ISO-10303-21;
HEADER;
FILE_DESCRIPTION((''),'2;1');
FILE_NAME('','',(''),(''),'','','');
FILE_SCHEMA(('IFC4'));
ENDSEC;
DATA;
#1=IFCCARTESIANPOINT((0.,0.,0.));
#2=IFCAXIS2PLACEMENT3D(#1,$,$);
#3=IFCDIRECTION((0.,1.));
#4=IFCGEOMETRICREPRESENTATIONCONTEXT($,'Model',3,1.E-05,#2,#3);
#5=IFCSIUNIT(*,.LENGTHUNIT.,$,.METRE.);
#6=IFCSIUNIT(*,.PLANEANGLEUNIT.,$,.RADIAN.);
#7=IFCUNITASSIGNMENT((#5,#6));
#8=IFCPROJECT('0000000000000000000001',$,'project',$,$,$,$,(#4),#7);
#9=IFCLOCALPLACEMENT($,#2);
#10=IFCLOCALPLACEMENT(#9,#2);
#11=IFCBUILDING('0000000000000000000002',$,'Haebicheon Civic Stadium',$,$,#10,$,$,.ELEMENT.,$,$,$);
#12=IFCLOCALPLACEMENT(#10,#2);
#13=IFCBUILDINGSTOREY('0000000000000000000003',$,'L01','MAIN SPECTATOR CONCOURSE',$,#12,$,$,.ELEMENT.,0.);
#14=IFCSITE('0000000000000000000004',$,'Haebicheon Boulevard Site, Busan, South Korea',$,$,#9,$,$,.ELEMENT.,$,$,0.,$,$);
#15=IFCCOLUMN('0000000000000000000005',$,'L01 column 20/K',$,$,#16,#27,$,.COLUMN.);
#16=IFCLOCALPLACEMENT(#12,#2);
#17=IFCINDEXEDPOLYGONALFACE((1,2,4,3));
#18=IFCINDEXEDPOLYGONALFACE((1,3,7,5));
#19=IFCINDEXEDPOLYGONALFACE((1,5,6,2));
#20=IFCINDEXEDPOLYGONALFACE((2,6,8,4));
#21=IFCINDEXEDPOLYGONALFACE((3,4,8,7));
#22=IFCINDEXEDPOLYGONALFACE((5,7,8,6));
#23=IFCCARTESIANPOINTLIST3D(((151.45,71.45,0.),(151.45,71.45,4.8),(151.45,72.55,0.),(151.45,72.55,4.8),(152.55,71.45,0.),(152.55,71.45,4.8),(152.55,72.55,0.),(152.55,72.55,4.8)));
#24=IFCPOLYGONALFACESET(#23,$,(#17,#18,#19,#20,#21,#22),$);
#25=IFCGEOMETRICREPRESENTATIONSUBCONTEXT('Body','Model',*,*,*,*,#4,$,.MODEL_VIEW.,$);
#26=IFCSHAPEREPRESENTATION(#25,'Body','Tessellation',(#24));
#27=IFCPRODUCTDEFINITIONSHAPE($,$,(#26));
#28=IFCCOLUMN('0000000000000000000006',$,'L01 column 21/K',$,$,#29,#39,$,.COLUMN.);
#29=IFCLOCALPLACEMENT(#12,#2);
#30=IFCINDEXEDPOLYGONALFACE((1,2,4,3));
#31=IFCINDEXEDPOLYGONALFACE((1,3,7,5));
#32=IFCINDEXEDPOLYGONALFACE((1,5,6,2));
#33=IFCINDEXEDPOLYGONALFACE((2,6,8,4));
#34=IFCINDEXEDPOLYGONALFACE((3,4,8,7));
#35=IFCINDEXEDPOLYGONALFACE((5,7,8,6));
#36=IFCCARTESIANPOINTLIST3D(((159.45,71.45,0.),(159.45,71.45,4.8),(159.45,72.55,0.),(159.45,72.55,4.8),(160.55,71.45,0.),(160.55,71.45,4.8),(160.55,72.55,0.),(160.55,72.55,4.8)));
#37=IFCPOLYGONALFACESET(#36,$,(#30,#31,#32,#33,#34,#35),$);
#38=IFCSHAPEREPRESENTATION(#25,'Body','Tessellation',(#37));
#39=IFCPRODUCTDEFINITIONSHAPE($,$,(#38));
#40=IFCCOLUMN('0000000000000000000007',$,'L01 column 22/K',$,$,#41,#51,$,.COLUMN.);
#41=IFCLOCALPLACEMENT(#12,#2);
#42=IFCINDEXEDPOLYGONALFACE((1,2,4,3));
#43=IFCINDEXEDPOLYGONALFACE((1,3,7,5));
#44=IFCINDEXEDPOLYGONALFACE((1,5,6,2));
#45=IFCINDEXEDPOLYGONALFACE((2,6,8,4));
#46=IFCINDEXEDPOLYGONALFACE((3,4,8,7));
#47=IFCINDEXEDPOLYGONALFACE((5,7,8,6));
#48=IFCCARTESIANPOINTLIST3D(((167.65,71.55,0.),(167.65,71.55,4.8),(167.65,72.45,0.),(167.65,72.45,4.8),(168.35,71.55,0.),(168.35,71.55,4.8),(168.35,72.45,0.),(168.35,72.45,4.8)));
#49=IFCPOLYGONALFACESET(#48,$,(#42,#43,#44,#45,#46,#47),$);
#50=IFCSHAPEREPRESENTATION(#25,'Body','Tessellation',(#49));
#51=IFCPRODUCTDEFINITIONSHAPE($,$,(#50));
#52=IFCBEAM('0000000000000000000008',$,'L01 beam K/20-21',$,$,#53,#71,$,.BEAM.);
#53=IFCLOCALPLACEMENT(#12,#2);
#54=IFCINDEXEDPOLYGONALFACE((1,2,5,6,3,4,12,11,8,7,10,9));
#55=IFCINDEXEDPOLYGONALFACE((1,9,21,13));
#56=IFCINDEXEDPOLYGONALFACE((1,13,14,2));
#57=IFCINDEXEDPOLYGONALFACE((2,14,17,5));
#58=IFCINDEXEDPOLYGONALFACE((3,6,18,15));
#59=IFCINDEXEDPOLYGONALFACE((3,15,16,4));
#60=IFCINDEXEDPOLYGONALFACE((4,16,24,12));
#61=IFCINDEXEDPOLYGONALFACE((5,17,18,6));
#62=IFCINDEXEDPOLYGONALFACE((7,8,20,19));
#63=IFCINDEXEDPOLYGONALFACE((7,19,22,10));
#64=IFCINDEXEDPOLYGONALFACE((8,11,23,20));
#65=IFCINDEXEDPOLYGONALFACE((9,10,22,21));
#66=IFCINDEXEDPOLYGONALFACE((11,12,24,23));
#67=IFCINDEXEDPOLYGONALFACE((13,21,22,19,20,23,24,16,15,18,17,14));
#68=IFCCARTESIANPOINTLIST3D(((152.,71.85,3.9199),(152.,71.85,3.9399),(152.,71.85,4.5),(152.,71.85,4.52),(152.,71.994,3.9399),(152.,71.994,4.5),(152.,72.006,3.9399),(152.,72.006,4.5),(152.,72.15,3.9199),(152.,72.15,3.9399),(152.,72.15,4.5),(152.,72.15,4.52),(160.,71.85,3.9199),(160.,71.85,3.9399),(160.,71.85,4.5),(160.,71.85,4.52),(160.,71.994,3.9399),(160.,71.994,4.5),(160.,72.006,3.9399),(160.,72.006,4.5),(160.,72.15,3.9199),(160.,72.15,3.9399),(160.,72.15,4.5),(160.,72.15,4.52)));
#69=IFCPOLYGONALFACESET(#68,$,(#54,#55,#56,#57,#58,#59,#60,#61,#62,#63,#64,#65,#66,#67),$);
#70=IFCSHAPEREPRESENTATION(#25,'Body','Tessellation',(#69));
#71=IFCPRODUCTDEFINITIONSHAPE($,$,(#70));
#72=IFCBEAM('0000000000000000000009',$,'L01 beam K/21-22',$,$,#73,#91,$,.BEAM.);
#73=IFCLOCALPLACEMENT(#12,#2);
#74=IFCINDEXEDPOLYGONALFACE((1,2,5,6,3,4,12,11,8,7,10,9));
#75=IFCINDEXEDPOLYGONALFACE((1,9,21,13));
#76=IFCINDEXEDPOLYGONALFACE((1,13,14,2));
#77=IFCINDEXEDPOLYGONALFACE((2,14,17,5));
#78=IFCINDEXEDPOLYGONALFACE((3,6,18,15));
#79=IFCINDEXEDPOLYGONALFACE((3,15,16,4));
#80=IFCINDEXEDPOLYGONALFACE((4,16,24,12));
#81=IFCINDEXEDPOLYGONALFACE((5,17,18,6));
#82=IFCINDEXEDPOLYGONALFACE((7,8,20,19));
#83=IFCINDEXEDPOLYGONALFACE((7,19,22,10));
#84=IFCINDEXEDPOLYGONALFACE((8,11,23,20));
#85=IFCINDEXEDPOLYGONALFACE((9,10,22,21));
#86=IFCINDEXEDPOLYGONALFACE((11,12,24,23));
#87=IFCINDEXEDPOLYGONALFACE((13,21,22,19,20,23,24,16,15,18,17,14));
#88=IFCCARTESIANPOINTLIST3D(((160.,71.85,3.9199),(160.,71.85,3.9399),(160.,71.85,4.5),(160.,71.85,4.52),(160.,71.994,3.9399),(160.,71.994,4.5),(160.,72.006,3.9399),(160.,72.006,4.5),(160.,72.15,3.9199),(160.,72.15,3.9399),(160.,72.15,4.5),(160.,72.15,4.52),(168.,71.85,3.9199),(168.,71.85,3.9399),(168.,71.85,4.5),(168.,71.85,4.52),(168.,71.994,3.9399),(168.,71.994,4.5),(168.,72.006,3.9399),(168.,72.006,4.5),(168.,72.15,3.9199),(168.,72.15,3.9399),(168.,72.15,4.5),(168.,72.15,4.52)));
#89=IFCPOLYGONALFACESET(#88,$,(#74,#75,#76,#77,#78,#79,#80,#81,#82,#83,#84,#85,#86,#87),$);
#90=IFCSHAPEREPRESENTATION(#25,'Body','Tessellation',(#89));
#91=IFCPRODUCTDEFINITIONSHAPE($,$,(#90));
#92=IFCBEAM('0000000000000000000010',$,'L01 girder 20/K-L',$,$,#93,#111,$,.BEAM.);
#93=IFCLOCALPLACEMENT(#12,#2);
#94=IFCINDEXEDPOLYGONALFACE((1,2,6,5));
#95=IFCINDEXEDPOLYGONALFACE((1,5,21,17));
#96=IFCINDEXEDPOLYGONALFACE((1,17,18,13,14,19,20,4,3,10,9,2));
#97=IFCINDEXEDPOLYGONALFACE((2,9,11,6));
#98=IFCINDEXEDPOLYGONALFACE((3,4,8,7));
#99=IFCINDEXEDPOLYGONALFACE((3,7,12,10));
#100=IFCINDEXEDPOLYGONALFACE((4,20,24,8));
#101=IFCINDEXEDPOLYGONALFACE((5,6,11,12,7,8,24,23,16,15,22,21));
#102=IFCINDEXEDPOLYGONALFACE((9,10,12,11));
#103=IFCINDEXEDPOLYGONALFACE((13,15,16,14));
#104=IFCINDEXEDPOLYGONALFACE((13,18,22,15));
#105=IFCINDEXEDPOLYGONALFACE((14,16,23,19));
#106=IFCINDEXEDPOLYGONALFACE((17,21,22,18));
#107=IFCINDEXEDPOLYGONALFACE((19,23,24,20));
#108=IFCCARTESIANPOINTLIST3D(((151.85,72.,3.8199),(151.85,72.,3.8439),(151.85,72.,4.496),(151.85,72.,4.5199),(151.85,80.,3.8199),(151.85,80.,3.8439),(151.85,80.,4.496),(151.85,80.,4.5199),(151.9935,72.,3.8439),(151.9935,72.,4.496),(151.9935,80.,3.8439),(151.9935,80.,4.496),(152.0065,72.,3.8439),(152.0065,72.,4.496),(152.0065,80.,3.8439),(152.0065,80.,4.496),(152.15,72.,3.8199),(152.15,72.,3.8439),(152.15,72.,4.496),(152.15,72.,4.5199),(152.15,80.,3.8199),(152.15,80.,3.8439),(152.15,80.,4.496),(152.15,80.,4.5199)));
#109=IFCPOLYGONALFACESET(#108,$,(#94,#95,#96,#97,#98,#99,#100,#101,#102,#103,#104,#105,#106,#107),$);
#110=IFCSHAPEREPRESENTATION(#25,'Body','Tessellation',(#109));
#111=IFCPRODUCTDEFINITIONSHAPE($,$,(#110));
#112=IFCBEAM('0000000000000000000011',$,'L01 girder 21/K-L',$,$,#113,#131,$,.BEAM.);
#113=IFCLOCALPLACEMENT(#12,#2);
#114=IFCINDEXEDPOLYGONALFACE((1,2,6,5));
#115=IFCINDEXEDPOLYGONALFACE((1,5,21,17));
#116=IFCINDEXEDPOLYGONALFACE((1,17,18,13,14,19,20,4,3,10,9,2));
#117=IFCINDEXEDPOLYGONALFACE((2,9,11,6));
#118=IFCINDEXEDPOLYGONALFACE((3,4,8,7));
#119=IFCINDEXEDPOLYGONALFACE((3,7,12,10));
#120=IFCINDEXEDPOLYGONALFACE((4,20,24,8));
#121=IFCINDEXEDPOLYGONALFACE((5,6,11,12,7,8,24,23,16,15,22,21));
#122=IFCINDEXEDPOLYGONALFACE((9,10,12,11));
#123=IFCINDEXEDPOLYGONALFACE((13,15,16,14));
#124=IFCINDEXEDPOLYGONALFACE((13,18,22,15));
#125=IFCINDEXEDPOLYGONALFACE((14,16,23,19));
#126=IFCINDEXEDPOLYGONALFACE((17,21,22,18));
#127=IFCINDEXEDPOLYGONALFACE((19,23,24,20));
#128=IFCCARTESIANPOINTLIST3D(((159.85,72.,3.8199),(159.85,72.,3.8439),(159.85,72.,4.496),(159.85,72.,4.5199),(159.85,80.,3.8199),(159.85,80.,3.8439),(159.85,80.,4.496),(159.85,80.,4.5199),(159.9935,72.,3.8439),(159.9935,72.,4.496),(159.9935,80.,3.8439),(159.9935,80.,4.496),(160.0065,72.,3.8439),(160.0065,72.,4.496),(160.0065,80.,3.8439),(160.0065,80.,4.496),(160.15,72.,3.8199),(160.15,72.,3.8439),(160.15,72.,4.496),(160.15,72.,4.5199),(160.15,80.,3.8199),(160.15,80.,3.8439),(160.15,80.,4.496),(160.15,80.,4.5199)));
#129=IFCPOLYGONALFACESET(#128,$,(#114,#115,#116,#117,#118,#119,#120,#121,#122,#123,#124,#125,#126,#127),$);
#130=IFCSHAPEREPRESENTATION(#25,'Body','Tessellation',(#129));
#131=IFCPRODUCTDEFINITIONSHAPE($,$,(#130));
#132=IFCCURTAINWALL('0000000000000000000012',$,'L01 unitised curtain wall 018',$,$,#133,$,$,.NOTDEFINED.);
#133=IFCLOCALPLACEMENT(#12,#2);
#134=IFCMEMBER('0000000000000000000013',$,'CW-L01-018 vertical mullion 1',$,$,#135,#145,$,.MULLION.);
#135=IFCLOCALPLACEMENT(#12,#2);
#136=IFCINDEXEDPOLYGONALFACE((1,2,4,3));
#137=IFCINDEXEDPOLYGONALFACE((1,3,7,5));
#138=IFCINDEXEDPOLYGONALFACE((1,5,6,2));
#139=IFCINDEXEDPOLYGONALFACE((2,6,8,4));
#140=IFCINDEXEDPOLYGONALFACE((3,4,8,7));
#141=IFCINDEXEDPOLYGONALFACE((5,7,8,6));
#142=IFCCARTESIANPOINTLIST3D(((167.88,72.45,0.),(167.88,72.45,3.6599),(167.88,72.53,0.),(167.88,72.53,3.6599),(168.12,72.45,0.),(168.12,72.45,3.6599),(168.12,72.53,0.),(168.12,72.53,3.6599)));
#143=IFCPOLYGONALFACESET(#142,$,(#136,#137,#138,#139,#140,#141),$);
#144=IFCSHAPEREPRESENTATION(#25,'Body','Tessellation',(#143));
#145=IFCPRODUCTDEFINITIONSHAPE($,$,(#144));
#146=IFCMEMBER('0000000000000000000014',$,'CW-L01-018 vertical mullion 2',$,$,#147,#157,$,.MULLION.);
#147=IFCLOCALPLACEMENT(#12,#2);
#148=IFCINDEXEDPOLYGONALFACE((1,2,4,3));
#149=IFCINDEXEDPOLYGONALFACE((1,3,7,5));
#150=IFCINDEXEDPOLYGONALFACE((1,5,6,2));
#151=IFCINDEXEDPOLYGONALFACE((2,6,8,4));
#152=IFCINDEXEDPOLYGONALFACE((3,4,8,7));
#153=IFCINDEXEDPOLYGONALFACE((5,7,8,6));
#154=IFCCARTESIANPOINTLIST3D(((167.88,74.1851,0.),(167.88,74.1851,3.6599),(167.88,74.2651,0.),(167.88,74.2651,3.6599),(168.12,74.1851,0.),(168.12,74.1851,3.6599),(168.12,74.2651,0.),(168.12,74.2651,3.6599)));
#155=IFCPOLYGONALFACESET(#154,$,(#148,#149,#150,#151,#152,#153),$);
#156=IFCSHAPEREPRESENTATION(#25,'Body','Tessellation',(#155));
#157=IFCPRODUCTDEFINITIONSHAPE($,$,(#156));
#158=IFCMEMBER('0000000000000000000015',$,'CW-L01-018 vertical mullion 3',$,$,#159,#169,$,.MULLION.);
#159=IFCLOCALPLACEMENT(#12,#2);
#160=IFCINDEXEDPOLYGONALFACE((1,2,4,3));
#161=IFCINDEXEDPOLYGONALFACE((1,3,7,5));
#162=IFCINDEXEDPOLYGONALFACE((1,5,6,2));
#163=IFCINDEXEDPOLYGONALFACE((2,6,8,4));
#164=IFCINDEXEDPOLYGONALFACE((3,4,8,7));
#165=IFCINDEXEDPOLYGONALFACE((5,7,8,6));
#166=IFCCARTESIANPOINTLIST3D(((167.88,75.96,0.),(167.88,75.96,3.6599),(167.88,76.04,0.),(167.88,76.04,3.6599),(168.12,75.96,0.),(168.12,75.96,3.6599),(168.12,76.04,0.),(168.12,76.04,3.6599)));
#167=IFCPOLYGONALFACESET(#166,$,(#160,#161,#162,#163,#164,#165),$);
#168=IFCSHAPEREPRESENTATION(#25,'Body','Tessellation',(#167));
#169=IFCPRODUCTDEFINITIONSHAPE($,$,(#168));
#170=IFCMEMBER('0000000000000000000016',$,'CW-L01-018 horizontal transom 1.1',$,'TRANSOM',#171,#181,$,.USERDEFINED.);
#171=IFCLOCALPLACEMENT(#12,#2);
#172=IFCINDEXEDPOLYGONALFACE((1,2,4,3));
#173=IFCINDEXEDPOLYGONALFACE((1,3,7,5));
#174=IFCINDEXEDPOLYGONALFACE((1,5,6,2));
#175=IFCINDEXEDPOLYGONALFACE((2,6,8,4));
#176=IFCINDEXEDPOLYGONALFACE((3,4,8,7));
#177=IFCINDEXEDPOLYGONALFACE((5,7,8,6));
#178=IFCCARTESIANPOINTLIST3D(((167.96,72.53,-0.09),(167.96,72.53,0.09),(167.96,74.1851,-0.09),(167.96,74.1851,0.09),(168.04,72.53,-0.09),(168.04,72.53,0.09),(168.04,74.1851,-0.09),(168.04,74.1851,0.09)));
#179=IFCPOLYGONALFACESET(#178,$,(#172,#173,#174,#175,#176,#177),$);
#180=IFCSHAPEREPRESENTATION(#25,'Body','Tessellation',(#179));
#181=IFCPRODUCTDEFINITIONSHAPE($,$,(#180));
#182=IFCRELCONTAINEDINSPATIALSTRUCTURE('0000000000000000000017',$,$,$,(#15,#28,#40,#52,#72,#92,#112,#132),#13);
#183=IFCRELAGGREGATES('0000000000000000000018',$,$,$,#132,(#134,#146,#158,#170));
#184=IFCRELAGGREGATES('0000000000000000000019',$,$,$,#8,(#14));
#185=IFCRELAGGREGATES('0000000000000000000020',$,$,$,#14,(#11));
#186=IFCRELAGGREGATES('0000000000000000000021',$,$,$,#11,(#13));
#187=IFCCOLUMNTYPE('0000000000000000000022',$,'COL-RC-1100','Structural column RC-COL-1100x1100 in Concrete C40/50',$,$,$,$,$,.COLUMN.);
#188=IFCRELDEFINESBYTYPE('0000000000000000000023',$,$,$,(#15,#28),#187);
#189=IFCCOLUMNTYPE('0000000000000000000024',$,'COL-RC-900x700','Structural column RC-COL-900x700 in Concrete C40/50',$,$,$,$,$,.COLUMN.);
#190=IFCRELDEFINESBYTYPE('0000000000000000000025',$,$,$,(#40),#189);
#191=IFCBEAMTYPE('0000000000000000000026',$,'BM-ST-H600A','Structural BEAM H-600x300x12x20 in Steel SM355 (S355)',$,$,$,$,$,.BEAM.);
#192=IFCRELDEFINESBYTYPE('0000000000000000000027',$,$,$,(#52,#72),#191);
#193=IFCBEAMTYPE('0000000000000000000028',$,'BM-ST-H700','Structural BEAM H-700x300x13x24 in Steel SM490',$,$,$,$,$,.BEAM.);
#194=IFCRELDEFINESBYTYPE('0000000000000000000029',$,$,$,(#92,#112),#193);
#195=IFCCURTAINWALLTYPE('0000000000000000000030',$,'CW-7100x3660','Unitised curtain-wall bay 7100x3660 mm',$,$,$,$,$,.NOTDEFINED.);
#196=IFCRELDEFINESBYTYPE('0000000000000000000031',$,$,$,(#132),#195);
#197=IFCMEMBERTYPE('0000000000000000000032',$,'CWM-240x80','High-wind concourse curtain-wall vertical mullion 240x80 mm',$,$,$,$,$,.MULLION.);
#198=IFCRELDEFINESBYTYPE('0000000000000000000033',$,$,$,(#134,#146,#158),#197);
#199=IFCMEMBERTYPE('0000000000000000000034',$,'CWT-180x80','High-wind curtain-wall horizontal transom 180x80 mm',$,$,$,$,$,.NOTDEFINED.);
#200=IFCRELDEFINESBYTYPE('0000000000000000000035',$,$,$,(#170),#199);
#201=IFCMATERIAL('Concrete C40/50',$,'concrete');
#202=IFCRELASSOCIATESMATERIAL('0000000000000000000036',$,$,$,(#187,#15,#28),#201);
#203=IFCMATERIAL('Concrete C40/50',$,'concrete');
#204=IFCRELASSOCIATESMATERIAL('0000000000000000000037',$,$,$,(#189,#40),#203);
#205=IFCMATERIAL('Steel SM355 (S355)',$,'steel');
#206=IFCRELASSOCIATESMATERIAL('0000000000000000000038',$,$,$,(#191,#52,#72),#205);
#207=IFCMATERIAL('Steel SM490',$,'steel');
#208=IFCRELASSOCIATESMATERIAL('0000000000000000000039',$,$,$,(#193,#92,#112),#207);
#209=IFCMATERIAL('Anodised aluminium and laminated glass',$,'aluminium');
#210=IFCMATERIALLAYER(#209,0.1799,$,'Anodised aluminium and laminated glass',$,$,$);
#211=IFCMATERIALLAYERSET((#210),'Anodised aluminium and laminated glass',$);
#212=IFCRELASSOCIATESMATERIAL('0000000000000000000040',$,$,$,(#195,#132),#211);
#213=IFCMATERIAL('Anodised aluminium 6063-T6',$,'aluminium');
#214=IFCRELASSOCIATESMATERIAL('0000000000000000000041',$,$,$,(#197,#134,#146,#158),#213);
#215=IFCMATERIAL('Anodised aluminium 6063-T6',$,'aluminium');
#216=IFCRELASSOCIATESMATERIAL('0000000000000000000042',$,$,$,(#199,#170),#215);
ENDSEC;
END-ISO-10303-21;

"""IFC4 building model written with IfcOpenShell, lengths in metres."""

from ifc_helpers import new_model, si_unit, direction, frame, origin, origin_2d, place, context, subcontext, project, spatial, rectangle, i_section, extrude, material, layer, layer_set, material_profile, profile_set, type_object, element, aggregate, save


model = new_model("IFC4")

# Units and contexts
model_context = context("Model", 3, precision=1e-05, world=origin(), true_north=direction((0.0, 1.0)))
body_context = subcontext(model_context, "Body", "Model", "MODEL_VIEW")
ifc_project = project(units=[si_unit("LENGTHUNIT", "METRE"), si_unit("PLANEANGLEUNIT", "RADIAN")], contexts=[model_context])

# Site, building, storey
site_placement = place(None, origin())
site = spatial("IfcSite", under=ifc_project, at=site_placement, Name="Haebicheon Boulevard Site, Busan, South Korea", CompositionType="ELEMENT", RefElevation=0.0)
building_placement = place(site_placement, origin())
building = spatial("IfcBuilding", under=site, at=building_placement, Name="Haebicheon Civic Stadium", CompositionType="ELEMENT")
storey_placement = place(building_placement, origin())
storey = spatial("IfcBuildingStorey", under=building, at=storey_placement, Name="L01", Description="MAIN SPECTATOR CONCOURSE", CompositionType="ELEMENT", Elevation=0.0)

# Columns
ifc_material_1 = material(Name="Concrete C40/50", Category="concrete")
ifc_material_profile_1 = material_profile(ifc_material_1, rectangle(XDim=1.1001, YDim=1.1001, at=origin_2d()), Name="RC-COL-1100x1100")
ifc_profile_set_1 = profile_set([ifc_material_profile_1], Name="Concrete C40/50")
column_type_1 = type_object("IfcColumnType", Name="COL-RC-1100", Description="Structural column RC-COL-1100x1100 in Concrete C40/50", PredefinedType="COLUMN", material=ifc_profile_set_1)
for number, where, z_axis, x_axis, name in (
    (1, (152.0, 72.0, 0.0), (0.0, 0.0, 1.0), (1.0, 0.0, 0.0), "L01 column 20/K"),
    (2, (160.0, 72.0, 0.0), (0.0, 0.0, 1.0), (1.0, 0.0, 0.0), "L01 column 21/K"),
):
    element("IfcColumn", number, at=place(storey_placement, frame(where, z_axis=z_axis, x_axis=x_axis)), inside=storey, type_object=column_type_1, material=ifc_profile_set_1, Name=name, PredefinedType="COLUMN", context=body_context, shape_type="SweptSolid", body=[
        extrude(rectangle(XDim=1.1001, YDim=1.1001, at=origin_2d()), origin(), (0.0, 0.0, 1.0), 4.8),
    ])
ifc_material_2 = material(Name="Concrete C40/50", Category="concrete")
ifc_material_profile_2 = material_profile(ifc_material_2, rectangle(XDim=0.7, YDim=0.8999, at=origin_2d()), Name="RC-COL-900x700")
ifc_profile_set_2 = profile_set([ifc_material_profile_2], Name="Concrete C40/50")
column_type_2 = type_object("IfcColumnType", Name="COL-RC-900x700", Description="Structural column RC-COL-900x700 in Concrete C40/50", PredefinedType="COLUMN", material=ifc_profile_set_2)
column_placement = place(storey_placement, frame((168.0, 72.0, 0.0), z_axis=(0.0, 0.0, 1.0), x_axis=(1.0, 0.0, 0.0)))
element("IfcColumn", 3, at=column_placement, inside=storey, type_object=column_type_2, material=ifc_profile_set_2, Name="L01 column 22/K", PredefinedType="COLUMN", context=body_context, shape_type="SweptSolid", body=[
    extrude(rectangle(XDim=0.7, YDim=0.8999, at=origin_2d()), origin(), (0.0, 0.0, 1.0), 4.8),
])

# Beams
ifc_material_3 = material(Name="Steel SM355 (S355)", Category="steel")
ifc_material_profile_3 = material_profile(ifc_material_3, i_section(OverallWidth=0.3, OverallDepth=0.6001, WebThickness=0.012, FlangeThickness=0.02, at=origin_2d()), Name="H-600x300x12x20")
ifc_profile_set_3 = profile_set([ifc_material_profile_3], Name="Steel SM355 (S355)")
beam_type_1 = type_object("IfcBeamType", Name="BM-ST-H600A", Description="Structural BEAM H-600x300x12x20 in Steel SM355 (S355)", PredefinedType="BEAM", material=ifc_profile_set_3)
for number, where, z_axis, x_axis, name in (
    (4, (152.0, 72.0, 4.22), (1.0, 0.0, 0.0), (0.0, 1.0, 0.0), "L01 beam K/20-21"),
    (5, (160.0, 72.0, 4.22), (1.0, 0.0, 0.0), (0.0, 1.0, 0.0), "L01 beam K/21-22"),
):
    element("IfcBeam", number, at=place(storey_placement, frame(where, z_axis=z_axis, x_axis=x_axis)), inside=storey, type_object=beam_type_1, material=ifc_profile_set_3, Name=name, PredefinedType="BEAM", context=body_context, shape_type="SweptSolid", body=[
        extrude(i_section(OverallWidth=0.3, OverallDepth=0.6001, WebThickness=0.012, FlangeThickness=0.02, at=origin_2d()), origin(), (0.0, 0.0, 1.0), 8.0),
    ])
ifc_material_4 = material(Name="Steel SM490", Category="steel")
ifc_material_profile_4 = material_profile(ifc_material_4, i_section(OverallWidth=0.3, OverallDepth=0.7, WebThickness=0.0129, FlangeThickness=0.0239, at=origin_2d()), Name="H-700x300x13x24")
ifc_profile_set_4 = profile_set([ifc_material_profile_4], Name="Steel SM490")
beam_type_2 = type_object("IfcBeamType", Name="BM-ST-H700", Description="Structural BEAM H-700x300x13x24 in Steel SM490", PredefinedType="BEAM", material=ifc_profile_set_4)
for number, where, z_axis, x_axis, name in (
    (6, (152.0, 72.0, 4.1699), (0.0, 1.0, 0.0), (-1.0, 0.0, 0.0), "L01 girder 20/K-L"),
    (7, (160.0, 72.0, 4.1699), (0.0, 1.0, 0.0), (-1.0, 0.0, 0.0), "L01 girder 21/K-L"),
):
    element("IfcBeam", number, at=place(storey_placement, frame(where, z_axis=z_axis, x_axis=x_axis)), inside=storey, type_object=beam_type_2, material=ifc_profile_set_4, Name=name, PredefinedType="BEAM", context=body_context, shape_type="SweptSolid", body=[
        extrude(i_section(OverallWidth=0.3, OverallDepth=0.7, WebThickness=0.0129, FlangeThickness=0.0239, at=origin_2d()), origin(), (0.0, 0.0, 1.0), 8.0),
    ])

# Curtain wall, members
ifc_material_5 = material(Name="Anodised aluminium and laminated glass", Category="aluminium")
ifc_layer_1 = layer(ifc_material_5, 0.1799, Name="Anodised aluminium and laminated glass")
ifc_layer_set_1 = layer_set([ifc_layer_1], Name="Anodised aluminium and laminated glass")
curtain_wall_type = type_object("IfcCurtainWallType", Name="CW-7100x3660", Description="Unitised curtain-wall bay 7100x3660 mm", PredefinedType="NOTDEFINED", material=ifc_layer_set_1)
curtain_wall_placement = place(storey_placement, origin())
curtain_wall = element("IfcCurtainWall", 8, at=curtain_wall_placement, inside=storey, type_object=curtain_wall_type, material=ifc_layer_set_1, Name="L01 unitised curtain wall 018", PredefinedType="NOTDEFINED")
ifc_material_6 = material(Name="Anodised aluminium 6063-T6", Category="aluminium")
ifc_material_profile_5 = material_profile(ifc_material_6, rectangle(XDim=0.0801, YDim=0.24, at=origin_2d()), Name="ALU-MULL-80x240")
ifc_profile_set_5 = profile_set([ifc_material_profile_5], Name="Anodised aluminium 6063-T6")
member_type_1 = type_object("IfcMemberType", Name="CWM-240x80", Description="High-wind concourse curtain-wall vertical mullion 240x80 mm", PredefinedType="MULLION", material=ifc_profile_set_5)
member_1_placement = place(storey_placement, frame((168.0, 72.49, 0.0), z_axis=(0.0, 0.0, 1.0), x_axis=(0.0, 1.0, 0.0)))
member_1 = element("IfcMember", 9, at=member_1_placement, type_object=member_type_1, material=ifc_profile_set_5, Name="CW-L01-018 vertical mullion 1", PredefinedType="MULLION", context=body_context, shape_type="SweptSolid", body=[
    extrude(rectangle(XDim=0.0801, YDim=0.24, at=origin_2d()), origin(), (0.0, 0.0, 1.0), 3.6599),
])
member_2_placement = place(storey_placement, frame((168.0, 74.2251, 0.0), z_axis=(0.0, 0.0, 1.0), x_axis=(0.0, 1.0, 0.0)))
member_2 = element("IfcMember", 10, at=member_2_placement, type_object=member_type_1, material=ifc_profile_set_5, Name="CW-L01-018 vertical mullion 2", PredefinedType="MULLION", context=body_context, shape_type="SweptSolid", body=[
    extrude(rectangle(XDim=0.0801, YDim=0.24, at=origin_2d()), origin(), (0.0, 0.0, 1.0), 3.6599),
])
member_3_placement = place(storey_placement, frame((168.0, 76.0, 0.0), z_axis=(0.0, 0.0, 1.0), x_axis=(0.0, 1.0, 0.0)))
member_3 = element("IfcMember", 11, at=member_3_placement, type_object=member_type_1, material=ifc_profile_set_5, Name="CW-L01-018 vertical mullion 3", PredefinedType="MULLION", context=body_context, shape_type="SweptSolid", body=[
    extrude(rectangle(XDim=0.0801, YDim=0.24, at=origin_2d()), origin(), (0.0, 0.0, 1.0), 3.6599),
])
ifc_material_7 = material(Name="Anodised aluminium 6063-T6", Category="aluminium")
ifc_material_profile_6 = material_profile(ifc_material_7, rectangle(XDim=0.0801, YDim=0.1799, at=origin_2d()), Name="ALU-TRAN-80x180")
ifc_profile_set_6 = profile_set([ifc_material_profile_6], Name="Anodised aluminium 6063-T6")
member_type_2 = type_object("IfcMemberType", Name="CWT-180x80", Description="High-wind curtain-wall horizontal transom 180x80 mm", PredefinedType="NOTDEFINED", material=ifc_profile_set_6)
member_4_placement = place(storey_placement, frame((168.0, 72.53, 0.0), z_axis=(0.0, 1.0, 0.0), x_axis=(-1.0, 0.0, 0.0)))
member_4 = element("IfcMember", 12, at=member_4_placement, type_object=member_type_2, material=ifc_profile_set_6, Name="CW-L01-018 horizontal transom 1.1", ObjectType="TRANSOM", PredefinedType="USERDEFINED", context=body_context, shape_type="SweptSolid", body=[
    extrude(rectangle(XDim=0.0801, YDim=0.1799, at=origin_2d()), origin(), (0.0, 0.0, 1.0), 1.655),
])

aggregate(curtain_wall, [member_1, member_2, member_3, member_4])

save(model, "model.ifc")
